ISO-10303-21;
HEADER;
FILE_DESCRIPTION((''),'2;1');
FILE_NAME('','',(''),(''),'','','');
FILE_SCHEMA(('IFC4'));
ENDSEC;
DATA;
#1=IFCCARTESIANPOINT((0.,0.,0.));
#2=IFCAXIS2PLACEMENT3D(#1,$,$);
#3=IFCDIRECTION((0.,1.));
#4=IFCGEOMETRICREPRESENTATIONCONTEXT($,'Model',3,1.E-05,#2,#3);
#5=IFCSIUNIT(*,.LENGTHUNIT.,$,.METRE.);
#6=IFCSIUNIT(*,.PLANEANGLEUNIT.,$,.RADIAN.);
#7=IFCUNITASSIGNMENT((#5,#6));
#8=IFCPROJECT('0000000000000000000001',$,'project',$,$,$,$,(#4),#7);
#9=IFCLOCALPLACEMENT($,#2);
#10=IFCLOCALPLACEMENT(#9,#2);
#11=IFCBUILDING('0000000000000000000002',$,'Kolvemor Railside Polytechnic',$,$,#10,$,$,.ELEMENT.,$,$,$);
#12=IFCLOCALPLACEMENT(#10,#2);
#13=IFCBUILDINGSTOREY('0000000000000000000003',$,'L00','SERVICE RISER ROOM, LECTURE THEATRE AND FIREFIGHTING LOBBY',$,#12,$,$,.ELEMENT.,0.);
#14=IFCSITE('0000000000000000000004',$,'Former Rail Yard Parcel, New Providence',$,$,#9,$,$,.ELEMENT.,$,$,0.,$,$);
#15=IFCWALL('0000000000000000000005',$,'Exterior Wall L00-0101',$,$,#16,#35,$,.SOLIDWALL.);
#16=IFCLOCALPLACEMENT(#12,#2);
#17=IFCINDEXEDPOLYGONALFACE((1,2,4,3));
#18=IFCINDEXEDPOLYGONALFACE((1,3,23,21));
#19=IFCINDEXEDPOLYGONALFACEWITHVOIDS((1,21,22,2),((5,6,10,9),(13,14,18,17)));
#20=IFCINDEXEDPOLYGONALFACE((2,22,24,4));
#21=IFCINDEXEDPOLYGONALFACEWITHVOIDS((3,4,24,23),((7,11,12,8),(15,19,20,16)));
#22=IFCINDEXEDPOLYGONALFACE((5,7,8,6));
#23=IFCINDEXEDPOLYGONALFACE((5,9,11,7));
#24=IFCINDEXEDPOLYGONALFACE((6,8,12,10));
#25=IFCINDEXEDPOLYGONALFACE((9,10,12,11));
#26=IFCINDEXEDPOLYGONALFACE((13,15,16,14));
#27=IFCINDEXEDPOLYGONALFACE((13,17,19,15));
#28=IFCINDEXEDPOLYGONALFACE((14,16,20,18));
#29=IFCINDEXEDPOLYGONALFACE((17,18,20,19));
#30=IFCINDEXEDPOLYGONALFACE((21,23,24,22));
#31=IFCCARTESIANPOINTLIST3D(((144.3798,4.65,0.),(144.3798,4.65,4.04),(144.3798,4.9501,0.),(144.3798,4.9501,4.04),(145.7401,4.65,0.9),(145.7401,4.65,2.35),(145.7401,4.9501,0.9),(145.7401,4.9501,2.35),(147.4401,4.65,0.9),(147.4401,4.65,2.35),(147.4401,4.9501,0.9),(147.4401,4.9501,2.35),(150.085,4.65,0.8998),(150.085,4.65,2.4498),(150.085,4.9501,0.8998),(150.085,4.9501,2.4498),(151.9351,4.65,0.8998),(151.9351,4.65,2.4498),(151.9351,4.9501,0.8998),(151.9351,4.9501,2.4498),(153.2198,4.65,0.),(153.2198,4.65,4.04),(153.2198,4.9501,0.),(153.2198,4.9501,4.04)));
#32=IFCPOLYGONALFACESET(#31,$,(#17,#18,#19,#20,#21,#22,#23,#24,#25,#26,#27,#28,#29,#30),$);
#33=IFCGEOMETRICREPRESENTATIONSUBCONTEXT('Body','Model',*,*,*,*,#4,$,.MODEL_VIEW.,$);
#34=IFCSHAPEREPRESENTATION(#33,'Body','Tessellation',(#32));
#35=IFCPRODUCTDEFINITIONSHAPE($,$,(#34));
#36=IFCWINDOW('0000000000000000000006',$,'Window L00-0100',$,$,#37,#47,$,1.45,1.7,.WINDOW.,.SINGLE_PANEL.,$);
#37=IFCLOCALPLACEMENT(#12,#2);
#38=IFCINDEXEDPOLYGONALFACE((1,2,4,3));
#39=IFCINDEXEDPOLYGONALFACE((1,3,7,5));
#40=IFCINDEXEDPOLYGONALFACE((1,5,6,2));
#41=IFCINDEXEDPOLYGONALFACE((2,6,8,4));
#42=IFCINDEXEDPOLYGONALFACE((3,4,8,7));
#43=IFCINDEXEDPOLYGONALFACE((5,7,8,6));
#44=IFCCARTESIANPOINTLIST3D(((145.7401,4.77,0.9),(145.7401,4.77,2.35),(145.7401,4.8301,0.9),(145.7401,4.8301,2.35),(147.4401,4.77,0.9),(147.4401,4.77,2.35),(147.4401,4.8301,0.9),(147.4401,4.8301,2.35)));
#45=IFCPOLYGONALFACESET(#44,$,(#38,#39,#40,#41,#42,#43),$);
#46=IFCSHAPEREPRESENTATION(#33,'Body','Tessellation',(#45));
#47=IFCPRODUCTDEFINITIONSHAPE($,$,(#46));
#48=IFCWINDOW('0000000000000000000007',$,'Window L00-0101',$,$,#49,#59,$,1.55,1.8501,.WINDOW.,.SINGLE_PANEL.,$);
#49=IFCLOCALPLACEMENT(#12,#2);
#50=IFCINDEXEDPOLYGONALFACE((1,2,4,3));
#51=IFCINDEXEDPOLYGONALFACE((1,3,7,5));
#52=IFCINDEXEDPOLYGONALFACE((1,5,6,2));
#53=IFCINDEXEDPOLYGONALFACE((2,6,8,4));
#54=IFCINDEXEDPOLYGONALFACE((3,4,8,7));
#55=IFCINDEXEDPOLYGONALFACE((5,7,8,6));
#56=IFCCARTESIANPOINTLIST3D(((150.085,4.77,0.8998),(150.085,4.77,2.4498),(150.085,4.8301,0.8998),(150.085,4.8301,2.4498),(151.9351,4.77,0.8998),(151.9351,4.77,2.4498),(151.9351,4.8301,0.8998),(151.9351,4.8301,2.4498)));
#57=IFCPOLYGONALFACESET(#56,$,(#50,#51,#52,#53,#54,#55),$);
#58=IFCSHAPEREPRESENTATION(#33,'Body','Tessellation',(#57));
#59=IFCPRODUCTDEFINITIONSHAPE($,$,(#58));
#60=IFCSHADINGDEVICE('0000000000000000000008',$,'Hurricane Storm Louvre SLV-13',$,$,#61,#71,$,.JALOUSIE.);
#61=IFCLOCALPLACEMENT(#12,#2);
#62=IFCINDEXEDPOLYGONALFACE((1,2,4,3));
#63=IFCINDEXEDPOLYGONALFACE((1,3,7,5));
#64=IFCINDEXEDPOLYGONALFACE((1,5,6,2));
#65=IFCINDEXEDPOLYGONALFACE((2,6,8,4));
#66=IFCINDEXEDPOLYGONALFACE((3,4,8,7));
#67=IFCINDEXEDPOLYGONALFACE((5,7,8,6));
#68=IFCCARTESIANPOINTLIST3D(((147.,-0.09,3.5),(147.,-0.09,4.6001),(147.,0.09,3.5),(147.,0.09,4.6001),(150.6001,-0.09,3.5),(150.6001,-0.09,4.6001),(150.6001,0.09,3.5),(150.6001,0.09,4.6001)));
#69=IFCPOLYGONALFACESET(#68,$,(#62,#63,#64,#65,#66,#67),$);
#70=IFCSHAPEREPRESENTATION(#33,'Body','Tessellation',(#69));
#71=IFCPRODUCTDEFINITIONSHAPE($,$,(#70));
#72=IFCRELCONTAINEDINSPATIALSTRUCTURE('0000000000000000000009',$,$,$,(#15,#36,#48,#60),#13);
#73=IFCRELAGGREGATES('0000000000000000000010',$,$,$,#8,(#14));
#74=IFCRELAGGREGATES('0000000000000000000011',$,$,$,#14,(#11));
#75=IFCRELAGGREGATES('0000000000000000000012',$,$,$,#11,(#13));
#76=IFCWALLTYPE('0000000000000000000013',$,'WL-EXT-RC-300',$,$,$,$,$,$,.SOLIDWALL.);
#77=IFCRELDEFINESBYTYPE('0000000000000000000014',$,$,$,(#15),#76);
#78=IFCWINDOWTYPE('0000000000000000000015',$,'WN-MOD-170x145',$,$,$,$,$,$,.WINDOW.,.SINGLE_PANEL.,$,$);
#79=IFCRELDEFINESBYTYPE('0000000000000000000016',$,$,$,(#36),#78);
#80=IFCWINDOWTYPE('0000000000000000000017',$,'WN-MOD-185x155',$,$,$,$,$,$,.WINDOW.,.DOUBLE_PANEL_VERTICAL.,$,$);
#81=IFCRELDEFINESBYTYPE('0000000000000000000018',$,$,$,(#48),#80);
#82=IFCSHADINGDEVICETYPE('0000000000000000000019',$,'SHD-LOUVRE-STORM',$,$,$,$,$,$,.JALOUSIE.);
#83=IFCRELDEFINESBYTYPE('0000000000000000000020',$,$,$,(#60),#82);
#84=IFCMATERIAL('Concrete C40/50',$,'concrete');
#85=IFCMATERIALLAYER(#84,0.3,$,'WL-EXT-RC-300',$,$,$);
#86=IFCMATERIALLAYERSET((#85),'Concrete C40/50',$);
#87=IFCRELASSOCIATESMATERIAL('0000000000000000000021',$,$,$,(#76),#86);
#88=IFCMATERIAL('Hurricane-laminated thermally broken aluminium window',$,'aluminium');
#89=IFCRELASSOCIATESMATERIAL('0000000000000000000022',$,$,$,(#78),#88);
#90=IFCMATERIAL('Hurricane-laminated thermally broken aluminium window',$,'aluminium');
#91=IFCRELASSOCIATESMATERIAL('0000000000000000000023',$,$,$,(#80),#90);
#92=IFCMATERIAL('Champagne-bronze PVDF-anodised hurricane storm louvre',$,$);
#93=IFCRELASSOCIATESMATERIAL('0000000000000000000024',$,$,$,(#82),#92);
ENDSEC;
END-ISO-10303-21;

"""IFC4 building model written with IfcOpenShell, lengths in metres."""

from ifc_helpers import new_model, si_unit, direction, frame, frame_2d, origin, origin_2d, place, context, subcontext, project, spatial, rectangle, extrude, material, layer, layer_set, type_object, element, fill, save


model = new_model("IFC4")

# Units and contexts
model_context = context("Model", 3, precision=1e-05, world=origin(), true_north=direction((0.0, 1.0)))
body_context = subcontext(model_context, "Body", "Model", "MODEL_VIEW")
ifc_project = project(units=[si_unit("LENGTHUNIT", "METRE"), si_unit("PLANEANGLEUNIT", "RADIAN")], contexts=[model_context])

# Site, building, storey
site_placement = place(None, origin())
site = spatial("IfcSite", under=ifc_project, at=site_placement, Name="Former Rail Yard Parcel, New Providence", CompositionType="ELEMENT", RefElevation=0.0)
building_placement = place(site_placement, origin())
building = spatial("IfcBuilding", under=site, at=building_placement, Name="Kolvemor Railside Polytechnic", CompositionType="ELEMENT")
storey_placement = place(building_placement, origin())
storey = spatial("IfcBuildingStorey", under=building, at=storey_placement, Name="L00", Description="SERVICE RISER ROOM, LECTURE THEATRE AND FIREFIGHTING LOBBY", CompositionType="ELEMENT", Elevation=0.0)

# Wall, openings, windows
ifc_material_1 = material(Name="Concrete C40/50", Category="concrete")
ifc_layer = layer(ifc_material_1, 0.3, Name="WL-EXT-RC-300")
ifc_layer_set = layer_set([ifc_layer], Name="Concrete C40/50")
wall_type = type_object("IfcWallType", Name="WL-EXT-RC-300", PredefinedType="SOLIDWALL", material=ifc_layer_set)
wall_placement = place(storey_placement, frame((144.3799, 4.8, 0.0), z_axis=(0.0, 0.0, 1.0), x_axis=(1.0, 0.0, 0.0)))
wall = element("IfcWall", 1, at=wall_placement, inside=storey, type_object=wall_type, Name="Exterior Wall L00-0101", PredefinedType="SOLIDWALL", context=body_context, shape_type="SweptSolid", body=[
    extrude(rectangle(XDim=8.8401, YDim=0.3, at=frame_2d((4.4199, 0.0))), origin(), (0.0, 0.0, 1.0), 4.04),
])
opening_1_placement = place(wall_placement, frame((1.3601, 0.0, 0.8999)))
opening_1 = element("IfcOpeningElement", 2, at=opening_1_placement, cuts=wall, PredefinedType="OPENING", context=body_context, shape_type="SweptSolid", body=[
    extrude(rectangle(XDim=1.7, YDim=1.45, at=frame_2d((0.8501, 0.7251))), frame((0.0, 0.1599, 0.0), z_axis=(0.0, -1.0, 0.0), x_axis=(1.0, 0.0, 0.0)), (0.0, 0.0, 1.0), 0.3201),
])
opening_2_placement = place(wall_placement, frame((5.7051, 0.0, 0.8999)))
opening_2 = element("IfcOpeningElement", 3, at=opening_2_placement, cuts=wall, PredefinedType="OPENING", context=body_context, shape_type="SweptSolid", body=[
    extrude(rectangle(XDim=1.8501, YDim=1.55, at=frame_2d((0.925, 0.7749))), frame((0.0, 0.1599, 0.0), z_axis=(0.0, -1.0, 0.0), x_axis=(1.0, 0.0, 0.0)), (0.0, 0.0, 1.0), 0.3201),
])
ifc_material_2 = material(Name="Hurricane-laminated thermally broken aluminium window", Category="aluminium")
window_type_1 = type_object("IfcWindowType", Name="WN-MOD-170x145", PartitioningType="SINGLE_PANEL", PredefinedType="WINDOW", material=ifc_material_2)
window_1_placement = place(opening_1_placement, origin())
window_1 = element("IfcWindow", 4, at=window_1_placement, inside=storey, type_object=window_type_1, Name="Window L00-0100", OverallHeight=1.45, OverallWidth=1.7, PartitioningType="SINGLE_PANEL", PredefinedType="WINDOW", context=body_context, shape_type="SweptSolid", body=[
    extrude(rectangle(XDim=1.7, YDim=1.45, at=frame_2d((0.8501, 0.7251))), frame((0.0, 0.03, 0.0), z_axis=(0.0, -1.0, 0.0), x_axis=(1.0, 0.0, 0.0)), (0.0, 0.0, 1.0), 0.0601),
])
fill(opening_1, window_1)
ifc_material_3 = material(Name="Hurricane-laminated thermally broken aluminium window", Category="aluminium")
window_type_2 = type_object("IfcWindowType", Name="WN-MOD-185x155", PartitioningType="DOUBLE_PANEL_VERTICAL", PredefinedType="WINDOW", material=ifc_material_3)
window_2_placement = place(opening_2_placement, origin())
window_2 = element("IfcWindow", 5, at=window_2_placement, inside=storey, type_object=window_type_2, Name="Window L00-0101", OverallHeight=1.55, OverallWidth=1.8501, PartitioningType="SINGLE_PANEL", PredefinedType="WINDOW", context=body_context, shape_type="SweptSolid", body=[
    extrude(rectangle(XDim=1.8501, YDim=1.55, at=frame_2d((0.925, 0.7749))), frame((0.0, 0.03, 0.0), z_axis=(0.0, -1.0, 0.0), x_axis=(1.0, 0.0, 0.0)), (0.0, 0.0, 1.0), 0.0601),
])
fill(opening_2, window_2)

# Shading device
ifc_material_4 = material(Name="Champagne-bronze PVDF-anodised hurricane storm louvre")
shading_device_type = type_object("IfcShadingDeviceType", Name="SHD-LOUVRE-STORM", PredefinedType="JALOUSIE", material=ifc_material_4)
shading_device_placement = place(storey_placement, frame((148.8, 0.0, 3.5), z_axis=(0.0, 0.0, 1.0), x_axis=(1.0, 0.0, 0.0)))
element("IfcShadingDevice", 6, at=shading_device_placement, inside=storey, type_object=shading_device_type, Name="Hurricane Storm Louvre SLV-13", PredefinedType="JALOUSIE", context=body_context, shape_type="SweptSolid", body=[
    extrude(rectangle(XDim=3.6001, YDim=0.1799, at=origin_2d()), origin(), (0.0, 0.0, 1.0), 1.1001),
])

save(model, "model.ifc")
